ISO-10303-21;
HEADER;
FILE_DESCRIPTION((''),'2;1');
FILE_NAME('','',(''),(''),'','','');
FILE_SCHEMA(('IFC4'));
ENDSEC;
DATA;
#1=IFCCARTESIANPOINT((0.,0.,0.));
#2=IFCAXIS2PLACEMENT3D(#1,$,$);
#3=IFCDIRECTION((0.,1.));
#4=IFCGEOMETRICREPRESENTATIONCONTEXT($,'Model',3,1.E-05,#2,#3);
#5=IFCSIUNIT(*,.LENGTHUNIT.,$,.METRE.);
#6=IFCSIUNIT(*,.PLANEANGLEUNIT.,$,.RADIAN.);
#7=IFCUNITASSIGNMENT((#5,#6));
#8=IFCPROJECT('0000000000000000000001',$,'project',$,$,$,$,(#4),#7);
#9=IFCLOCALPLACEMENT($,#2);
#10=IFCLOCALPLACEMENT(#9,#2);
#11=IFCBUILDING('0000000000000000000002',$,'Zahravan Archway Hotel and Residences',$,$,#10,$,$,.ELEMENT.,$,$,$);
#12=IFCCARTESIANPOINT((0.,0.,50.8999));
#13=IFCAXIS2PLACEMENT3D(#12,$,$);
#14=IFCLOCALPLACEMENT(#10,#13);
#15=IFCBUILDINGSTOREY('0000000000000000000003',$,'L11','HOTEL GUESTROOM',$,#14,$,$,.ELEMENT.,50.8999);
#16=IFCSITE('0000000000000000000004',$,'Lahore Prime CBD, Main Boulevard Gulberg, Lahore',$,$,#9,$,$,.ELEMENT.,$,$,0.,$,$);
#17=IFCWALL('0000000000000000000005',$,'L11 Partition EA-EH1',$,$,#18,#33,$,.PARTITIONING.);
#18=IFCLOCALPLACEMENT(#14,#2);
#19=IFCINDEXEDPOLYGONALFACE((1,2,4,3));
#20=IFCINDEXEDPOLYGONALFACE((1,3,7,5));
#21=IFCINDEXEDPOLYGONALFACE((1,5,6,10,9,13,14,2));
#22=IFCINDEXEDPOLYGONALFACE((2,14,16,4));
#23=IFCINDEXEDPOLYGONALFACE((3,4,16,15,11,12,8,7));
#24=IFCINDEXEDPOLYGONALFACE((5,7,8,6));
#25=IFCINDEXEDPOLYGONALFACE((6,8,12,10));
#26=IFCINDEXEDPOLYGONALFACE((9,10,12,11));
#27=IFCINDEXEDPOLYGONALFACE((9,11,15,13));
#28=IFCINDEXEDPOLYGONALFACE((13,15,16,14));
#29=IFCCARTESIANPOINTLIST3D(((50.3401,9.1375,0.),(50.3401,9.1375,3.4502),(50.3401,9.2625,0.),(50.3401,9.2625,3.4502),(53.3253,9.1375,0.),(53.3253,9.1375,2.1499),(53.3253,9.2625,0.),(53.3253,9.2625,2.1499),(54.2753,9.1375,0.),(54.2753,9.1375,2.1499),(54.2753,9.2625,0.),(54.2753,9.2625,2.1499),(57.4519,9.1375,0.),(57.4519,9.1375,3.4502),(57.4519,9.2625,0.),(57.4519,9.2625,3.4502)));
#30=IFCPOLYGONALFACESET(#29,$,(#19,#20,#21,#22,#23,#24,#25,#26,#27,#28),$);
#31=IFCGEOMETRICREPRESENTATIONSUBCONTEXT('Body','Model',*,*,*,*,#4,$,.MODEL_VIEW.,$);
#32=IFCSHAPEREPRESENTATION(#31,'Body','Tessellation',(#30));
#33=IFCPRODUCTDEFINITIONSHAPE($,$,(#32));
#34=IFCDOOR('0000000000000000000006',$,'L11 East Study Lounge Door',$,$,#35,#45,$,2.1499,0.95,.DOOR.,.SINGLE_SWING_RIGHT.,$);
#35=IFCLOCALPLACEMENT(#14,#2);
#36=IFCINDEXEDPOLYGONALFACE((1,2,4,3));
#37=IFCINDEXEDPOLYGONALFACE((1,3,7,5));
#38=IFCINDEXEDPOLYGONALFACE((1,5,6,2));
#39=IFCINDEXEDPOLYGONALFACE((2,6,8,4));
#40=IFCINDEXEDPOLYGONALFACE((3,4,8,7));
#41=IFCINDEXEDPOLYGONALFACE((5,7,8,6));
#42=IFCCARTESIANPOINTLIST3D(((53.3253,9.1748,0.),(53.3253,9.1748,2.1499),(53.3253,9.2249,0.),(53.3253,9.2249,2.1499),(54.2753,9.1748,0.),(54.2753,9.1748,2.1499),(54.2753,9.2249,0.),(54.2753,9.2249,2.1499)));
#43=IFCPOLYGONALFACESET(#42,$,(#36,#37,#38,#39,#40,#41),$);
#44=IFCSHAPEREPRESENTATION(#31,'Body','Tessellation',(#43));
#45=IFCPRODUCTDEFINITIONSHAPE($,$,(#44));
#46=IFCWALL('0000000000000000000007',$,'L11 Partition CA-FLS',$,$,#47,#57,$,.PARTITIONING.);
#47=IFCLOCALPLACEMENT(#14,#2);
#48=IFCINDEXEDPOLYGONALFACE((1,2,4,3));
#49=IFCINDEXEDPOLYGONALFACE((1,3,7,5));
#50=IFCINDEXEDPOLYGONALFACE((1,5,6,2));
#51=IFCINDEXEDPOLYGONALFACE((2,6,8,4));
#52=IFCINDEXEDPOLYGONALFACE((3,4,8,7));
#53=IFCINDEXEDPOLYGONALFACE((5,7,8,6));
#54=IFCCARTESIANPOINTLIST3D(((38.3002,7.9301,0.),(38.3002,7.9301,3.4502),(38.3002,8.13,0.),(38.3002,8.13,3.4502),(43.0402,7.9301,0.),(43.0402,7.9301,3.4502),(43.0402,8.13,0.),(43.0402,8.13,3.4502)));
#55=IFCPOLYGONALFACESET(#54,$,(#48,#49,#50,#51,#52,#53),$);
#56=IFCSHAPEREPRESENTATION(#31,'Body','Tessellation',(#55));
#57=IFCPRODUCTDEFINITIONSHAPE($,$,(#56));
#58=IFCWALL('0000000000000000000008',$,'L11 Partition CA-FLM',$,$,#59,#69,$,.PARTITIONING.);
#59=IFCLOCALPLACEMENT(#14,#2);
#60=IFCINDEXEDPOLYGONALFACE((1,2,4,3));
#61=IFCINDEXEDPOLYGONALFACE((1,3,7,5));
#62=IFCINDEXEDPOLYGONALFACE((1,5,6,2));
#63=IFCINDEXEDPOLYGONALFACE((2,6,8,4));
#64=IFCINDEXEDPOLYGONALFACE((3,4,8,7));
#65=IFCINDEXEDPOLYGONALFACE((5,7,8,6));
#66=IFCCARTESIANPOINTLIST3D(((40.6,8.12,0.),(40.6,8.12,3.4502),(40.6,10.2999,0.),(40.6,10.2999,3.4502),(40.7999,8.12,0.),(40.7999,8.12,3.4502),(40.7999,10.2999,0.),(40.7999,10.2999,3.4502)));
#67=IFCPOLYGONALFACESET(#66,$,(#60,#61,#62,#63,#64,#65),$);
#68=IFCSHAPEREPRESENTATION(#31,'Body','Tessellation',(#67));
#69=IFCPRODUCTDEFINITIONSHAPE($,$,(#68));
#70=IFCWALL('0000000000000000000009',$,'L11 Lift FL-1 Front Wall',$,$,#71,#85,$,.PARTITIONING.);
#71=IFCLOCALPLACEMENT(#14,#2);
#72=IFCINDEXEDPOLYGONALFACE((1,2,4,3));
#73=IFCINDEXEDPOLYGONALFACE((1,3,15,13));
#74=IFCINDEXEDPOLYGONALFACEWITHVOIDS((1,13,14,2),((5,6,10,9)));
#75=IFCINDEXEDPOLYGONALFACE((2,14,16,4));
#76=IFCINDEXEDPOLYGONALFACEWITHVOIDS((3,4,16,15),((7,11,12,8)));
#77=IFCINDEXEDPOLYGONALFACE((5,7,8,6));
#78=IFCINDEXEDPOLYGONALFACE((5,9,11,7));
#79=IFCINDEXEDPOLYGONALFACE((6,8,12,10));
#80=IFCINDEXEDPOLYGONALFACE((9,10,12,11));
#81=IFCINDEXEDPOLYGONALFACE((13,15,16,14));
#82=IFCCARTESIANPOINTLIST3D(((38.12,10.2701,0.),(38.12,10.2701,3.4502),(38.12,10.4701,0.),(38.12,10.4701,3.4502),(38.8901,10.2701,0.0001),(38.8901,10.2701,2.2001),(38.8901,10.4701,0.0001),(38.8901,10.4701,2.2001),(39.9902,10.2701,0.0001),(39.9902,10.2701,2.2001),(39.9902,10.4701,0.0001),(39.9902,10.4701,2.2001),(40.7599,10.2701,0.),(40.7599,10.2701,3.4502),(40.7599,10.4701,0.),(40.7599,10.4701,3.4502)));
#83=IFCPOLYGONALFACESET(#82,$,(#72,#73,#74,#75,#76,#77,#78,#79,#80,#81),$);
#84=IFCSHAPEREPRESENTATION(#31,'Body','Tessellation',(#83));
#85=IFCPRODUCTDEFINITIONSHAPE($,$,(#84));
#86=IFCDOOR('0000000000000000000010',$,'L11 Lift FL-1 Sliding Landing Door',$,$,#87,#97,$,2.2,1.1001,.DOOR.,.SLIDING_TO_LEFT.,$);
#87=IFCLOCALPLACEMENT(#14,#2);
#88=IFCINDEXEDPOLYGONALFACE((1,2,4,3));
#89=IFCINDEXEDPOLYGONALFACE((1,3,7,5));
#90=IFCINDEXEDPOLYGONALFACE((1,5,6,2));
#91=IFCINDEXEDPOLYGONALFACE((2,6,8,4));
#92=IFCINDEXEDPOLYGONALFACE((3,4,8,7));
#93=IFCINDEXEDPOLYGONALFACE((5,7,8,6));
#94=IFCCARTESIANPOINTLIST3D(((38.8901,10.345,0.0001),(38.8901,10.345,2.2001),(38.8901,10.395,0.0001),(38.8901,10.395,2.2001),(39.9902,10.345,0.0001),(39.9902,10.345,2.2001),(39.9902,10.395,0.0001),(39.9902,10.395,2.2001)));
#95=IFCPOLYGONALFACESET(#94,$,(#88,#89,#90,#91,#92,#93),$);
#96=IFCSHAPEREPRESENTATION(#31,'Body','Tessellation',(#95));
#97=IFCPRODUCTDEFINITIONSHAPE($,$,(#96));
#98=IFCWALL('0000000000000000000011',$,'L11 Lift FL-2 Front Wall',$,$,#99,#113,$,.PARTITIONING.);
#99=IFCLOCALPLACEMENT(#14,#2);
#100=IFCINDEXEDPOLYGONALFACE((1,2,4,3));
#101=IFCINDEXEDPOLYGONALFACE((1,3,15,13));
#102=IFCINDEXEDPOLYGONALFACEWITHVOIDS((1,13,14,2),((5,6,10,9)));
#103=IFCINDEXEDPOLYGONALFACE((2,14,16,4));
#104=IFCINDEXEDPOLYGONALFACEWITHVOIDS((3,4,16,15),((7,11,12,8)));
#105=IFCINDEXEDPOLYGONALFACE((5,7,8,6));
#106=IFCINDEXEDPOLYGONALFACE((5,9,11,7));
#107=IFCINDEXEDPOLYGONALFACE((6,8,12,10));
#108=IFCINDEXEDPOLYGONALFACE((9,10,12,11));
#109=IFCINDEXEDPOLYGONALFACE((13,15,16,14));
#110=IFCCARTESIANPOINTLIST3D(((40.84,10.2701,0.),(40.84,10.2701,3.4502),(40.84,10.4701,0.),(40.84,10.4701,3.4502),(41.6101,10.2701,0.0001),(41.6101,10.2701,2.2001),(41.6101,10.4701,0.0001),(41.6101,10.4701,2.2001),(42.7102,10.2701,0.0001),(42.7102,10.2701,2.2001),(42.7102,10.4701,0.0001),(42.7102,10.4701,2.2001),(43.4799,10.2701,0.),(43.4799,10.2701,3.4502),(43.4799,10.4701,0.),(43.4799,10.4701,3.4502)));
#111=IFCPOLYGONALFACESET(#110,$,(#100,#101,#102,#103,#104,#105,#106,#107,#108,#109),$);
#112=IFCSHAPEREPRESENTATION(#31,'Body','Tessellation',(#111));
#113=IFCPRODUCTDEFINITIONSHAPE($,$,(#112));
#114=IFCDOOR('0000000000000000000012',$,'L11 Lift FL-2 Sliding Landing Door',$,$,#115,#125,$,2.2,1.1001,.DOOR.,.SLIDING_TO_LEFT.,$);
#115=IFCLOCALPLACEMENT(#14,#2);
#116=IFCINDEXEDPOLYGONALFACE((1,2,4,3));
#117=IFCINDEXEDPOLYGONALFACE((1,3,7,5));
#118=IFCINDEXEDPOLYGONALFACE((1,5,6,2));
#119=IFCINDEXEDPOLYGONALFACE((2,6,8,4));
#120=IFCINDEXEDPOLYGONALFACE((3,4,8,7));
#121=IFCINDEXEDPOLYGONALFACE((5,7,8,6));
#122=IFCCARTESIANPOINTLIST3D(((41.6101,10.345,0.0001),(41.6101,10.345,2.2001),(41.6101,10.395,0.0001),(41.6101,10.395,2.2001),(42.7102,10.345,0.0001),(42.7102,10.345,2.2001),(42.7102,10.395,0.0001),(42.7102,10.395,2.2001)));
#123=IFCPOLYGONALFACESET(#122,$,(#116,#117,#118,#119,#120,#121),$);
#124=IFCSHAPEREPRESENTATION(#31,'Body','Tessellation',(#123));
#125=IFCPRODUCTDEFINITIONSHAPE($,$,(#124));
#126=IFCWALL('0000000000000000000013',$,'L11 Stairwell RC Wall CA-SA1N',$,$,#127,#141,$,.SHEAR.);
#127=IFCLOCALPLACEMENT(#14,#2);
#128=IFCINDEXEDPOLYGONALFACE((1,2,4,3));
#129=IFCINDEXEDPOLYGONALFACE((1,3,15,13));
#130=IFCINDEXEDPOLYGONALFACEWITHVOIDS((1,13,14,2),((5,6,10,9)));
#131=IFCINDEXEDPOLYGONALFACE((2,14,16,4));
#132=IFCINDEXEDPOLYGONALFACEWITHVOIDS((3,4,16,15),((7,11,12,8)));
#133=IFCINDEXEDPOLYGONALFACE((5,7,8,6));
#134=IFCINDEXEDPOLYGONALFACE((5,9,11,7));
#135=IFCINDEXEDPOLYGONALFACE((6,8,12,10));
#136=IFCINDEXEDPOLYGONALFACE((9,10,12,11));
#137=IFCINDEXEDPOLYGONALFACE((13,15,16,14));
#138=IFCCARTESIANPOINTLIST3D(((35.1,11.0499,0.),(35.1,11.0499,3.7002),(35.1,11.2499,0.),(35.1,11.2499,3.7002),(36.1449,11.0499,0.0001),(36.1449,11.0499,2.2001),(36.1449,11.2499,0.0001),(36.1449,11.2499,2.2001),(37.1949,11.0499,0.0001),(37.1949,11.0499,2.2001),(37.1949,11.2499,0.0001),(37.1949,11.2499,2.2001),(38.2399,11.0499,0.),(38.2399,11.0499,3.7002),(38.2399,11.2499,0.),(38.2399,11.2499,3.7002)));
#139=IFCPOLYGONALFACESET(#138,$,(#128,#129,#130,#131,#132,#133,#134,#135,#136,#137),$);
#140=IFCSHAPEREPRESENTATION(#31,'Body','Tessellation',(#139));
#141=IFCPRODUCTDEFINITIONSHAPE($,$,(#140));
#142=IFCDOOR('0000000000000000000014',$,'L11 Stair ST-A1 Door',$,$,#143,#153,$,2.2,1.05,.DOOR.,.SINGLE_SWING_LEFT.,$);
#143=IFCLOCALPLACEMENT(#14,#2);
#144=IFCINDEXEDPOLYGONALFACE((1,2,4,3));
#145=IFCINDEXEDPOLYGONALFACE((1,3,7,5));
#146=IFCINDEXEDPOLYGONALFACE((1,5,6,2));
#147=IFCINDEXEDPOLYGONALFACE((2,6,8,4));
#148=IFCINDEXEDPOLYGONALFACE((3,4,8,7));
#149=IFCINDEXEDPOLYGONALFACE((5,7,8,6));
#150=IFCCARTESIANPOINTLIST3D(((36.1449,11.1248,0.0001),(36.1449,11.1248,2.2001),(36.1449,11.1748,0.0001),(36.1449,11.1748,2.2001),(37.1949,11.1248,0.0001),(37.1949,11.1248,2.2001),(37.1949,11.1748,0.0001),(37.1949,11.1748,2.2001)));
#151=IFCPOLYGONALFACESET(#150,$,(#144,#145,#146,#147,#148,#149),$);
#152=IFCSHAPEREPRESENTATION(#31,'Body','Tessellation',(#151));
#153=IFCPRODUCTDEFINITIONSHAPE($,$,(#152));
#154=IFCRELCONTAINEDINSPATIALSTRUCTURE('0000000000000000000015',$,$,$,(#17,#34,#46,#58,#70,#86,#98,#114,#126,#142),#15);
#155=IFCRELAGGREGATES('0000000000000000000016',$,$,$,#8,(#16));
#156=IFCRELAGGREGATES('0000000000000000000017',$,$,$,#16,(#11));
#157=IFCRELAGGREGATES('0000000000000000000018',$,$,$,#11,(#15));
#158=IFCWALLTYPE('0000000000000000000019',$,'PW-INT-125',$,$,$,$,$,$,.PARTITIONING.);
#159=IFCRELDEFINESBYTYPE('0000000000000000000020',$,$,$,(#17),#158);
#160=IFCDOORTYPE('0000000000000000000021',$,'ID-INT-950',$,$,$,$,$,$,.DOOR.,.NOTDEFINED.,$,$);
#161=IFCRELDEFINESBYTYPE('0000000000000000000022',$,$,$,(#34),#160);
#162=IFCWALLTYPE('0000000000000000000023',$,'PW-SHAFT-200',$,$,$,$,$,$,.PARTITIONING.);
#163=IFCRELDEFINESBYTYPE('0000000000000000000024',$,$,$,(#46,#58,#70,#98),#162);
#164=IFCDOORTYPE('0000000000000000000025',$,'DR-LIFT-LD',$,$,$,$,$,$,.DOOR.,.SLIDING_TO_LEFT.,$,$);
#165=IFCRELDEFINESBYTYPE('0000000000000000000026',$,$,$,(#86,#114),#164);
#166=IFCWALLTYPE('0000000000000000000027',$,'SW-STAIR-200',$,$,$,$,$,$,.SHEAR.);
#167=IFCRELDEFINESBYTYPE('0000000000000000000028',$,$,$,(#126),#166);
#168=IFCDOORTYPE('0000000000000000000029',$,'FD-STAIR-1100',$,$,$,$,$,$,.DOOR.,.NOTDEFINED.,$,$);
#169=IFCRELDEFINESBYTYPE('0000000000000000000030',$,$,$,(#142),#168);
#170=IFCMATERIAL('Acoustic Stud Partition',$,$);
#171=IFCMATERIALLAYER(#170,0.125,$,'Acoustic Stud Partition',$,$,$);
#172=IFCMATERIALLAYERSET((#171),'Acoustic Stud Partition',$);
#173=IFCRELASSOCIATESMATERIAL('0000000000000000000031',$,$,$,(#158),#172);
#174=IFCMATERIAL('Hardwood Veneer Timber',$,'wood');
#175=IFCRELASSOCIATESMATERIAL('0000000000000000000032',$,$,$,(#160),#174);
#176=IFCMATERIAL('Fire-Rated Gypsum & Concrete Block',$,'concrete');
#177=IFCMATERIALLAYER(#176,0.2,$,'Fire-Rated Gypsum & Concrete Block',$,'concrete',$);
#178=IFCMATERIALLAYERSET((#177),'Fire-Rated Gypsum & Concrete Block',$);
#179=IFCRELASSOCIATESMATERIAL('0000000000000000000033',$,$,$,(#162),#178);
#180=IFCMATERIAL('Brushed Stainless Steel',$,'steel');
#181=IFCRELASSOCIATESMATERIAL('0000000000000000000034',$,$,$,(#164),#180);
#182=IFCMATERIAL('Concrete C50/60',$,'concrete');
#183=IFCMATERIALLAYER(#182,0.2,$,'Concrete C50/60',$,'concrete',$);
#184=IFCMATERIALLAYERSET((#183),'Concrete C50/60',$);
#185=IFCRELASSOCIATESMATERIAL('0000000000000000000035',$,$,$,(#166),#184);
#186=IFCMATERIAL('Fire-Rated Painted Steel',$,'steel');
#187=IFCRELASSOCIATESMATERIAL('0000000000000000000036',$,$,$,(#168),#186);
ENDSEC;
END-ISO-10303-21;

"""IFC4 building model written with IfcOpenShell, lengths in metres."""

from ifc_helpers import new_model, si_unit, direction, frame, frame_2d, origin, place, context, subcontext, project, spatial, rectangle, extrude, source, transform, mapped, material, layer, layer_set, type_object, type_shapes, element, fill, save


model = new_model("IFC4")

# Units and contexts
model_context = context("Model", 3, precision=1e-05, world=origin(), true_north=direction((0.0, 1.0)))
body_context = subcontext(model_context, "Body", "Model", "MODEL_VIEW")
ifc_project = project(units=[si_unit("LENGTHUNIT", "METRE"), si_unit("PLANEANGLEUNIT", "RADIAN")], contexts=[model_context])

# Site, building, storey
site_placement = place(None, origin())
site = spatial("IfcSite", under=ifc_project, at=site_placement, Name="Lahore Prime CBD, Main Boulevard Gulberg, Lahore", CompositionType="ELEMENT", RefElevation=0.0)
building_placement = place(site_placement, origin())
building = spatial("IfcBuilding", under=site, at=building_placement, Name="Zahravan Archway Hotel and Residences", CompositionType="ELEMENT")
storey_placement = place(building_placement, frame((0.0, 0.0, 50.8999)))
storey = spatial("IfcBuildingStorey", under=building, at=storey_placement, Name="L11", Description="HOTEL GUESTROOM", CompositionType="ELEMENT", Elevation=50.8999)

# Wall, opening, door
ifc_material_1 = material(Name="Acoustic Stud Partition")
ifc_layer_1 = layer(ifc_material_1, 0.125, Name="Acoustic Stud Partition")
ifc_layer_set_1 = layer_set([ifc_layer_1], Name="Acoustic Stud Partition")
wall_type_1 = type_object("IfcWallType", Name="PW-INT-125", PredefinedType="PARTITIONING", material=ifc_layer_set_1)
wall_1_placement = place(storey_placement, frame((50.3401, 9.2, 0.0), z_axis=(0.0, 0.0, 1.0), x_axis=(1.0, 0.0, 0.0)))
wall_1 = element("IfcWall", 1, at=wall_1_placement, inside=storey, type_object=wall_type_1, Name="L11 Partition EA-EH1", PredefinedType="PARTITIONING", context=body_context, shape_type="SweptSolid", body=[
    extrude(rectangle(XDim=7.1118, YDim=0.125, at=frame_2d((3.5559, 0.0))), origin(), (0.0, 0.0, 1.0), 3.4502),
])
opening_1_placement = place(wall_1_placement, frame((2.9851, 0.0, 0.0)))
opening_1 = element("IfcOpeningElement", 2, at=opening_1_placement, cuts=wall_1, PredefinedType="OPENING", context=body_context, shape_type="SweptSolid", body=[
    extrude(rectangle(XDim=0.95, YDim=2.1499, at=frame_2d((0.4751, 1.075))), frame((0.0, 0.0725, 0.0), z_axis=(0.0, -1.0, 0.0), x_axis=(1.0, 0.0, 0.0)), (0.0, 0.0, 1.0), 0.145),
])
ifc_material_2 = material(Name="Hardwood Veneer Timber", Category="wood")
door_type_1 = type_object("IfcDoorType", Name="ID-INT-950", OperationType="NOTDEFINED", PredefinedType="DOOR", material=ifc_material_2)
shared_shape_1 = source(origin(), body_context, "Body", "SweptSolid", [
    extrude(rectangle(XDim=0.95, YDim=2.1499, at=frame_2d((0.4751, 1.075))), frame((0.0, 0.0249, 0.0), z_axis=(0.0, -1.0, 0.0), x_axis=(1.0, 0.0, 0.0)), (0.0, 0.0, 1.0), 0.05),
])
type_shapes(door_type_1, [shared_shape_1])
door_1_placement = place(opening_1_placement, origin())
door_1 = element("IfcDoor", 3, at=door_1_placement, inside=storey, type_object=door_type_1, Name="L11 East Study Lounge Door", OperationType="SINGLE_SWING_RIGHT", OverallHeight=2.1499, OverallWidth=0.95, PredefinedType="DOOR", context=body_context, shape_type="MappedRepresentation", body=[
    mapped(shared_shape_1, transform((0.0, 0.0, 0.0), scale=1.0)),
])
fill(opening_1, door_1)

# Walls
ifc_material_3 = material(Name="Fire-Rated Gypsum & Concrete Block", Category="concrete")
ifc_layer_2 = layer(ifc_material_3, 0.2, Name="Fire-Rated Gypsum & Concrete Block", Category="concrete")
ifc_layer_set_2 = layer_set([ifc_layer_2], Name="Fire-Rated Gypsum & Concrete Block")
wall_type_2 = type_object("IfcWallType", Name="PW-SHAFT-200", PredefinedType="PARTITIONING", material=ifc_layer_set_2)
wall_2_placement = place(storey_placement, frame((38.3, 8.03, 0.0), z_axis=(0.0, 0.0, 1.0), x_axis=(1.0, 0.0, 0.0)))
element("IfcWall", 4, at=wall_2_placement, inside=storey, type_object=wall_type_2, Name="L11 Partition CA-FLS", PredefinedType="PARTITIONING", context=body_context, shape_type="SweptSolid", body=[
    extrude(rectangle(XDim=4.74, YDim=0.2, at=frame_2d((2.3701, 0.0))), origin(), (0.0, 0.0, 1.0), 3.4502),
])
wall_3_placement = place(storey_placement, frame((40.7, 8.1201, 0.0), z_axis=(0.0, 0.0, 1.0), x_axis=(0.0, 1.0, 0.0)))
element("IfcWall", 5, at=wall_3_placement, inside=storey, type_object=wall_type_2, Name="L11 Partition CA-FLM", PredefinedType="PARTITIONING", context=body_context, shape_type="SweptSolid", body=[
    extrude(rectangle(XDim=2.1799, YDim=0.2, at=frame_2d((1.0898, 0.0))), origin(), (0.0, 0.0, 1.0), 3.4502),
])

# Walls, openings, doors
wall_4_placement = place(storey_placement, frame((38.1201, 10.3701, 0.0), z_axis=(0.0, 0.0, 1.0), x_axis=(1.0, 0.0, 0.0)))
wall_4 = element("IfcWall", 6, at=wall_4_placement, inside=storey, type_object=wall_type_2, Name="L11 Lift FL-1 Front Wall", PredefinedType="PARTITIONING", context=body_context, shape_type="SweptSolid", body=[
    extrude(rectangle(XDim=2.6399, YDim=0.2, at=frame_2d((1.3198, 0.0))), origin(), (0.0, 0.0, 1.0), 3.4502),
])
opening_2_placement = place(wall_4_placement, frame((0.77, 0.0, 0.0)))
opening_2 = element("IfcOpeningElement", 7, at=opening_2_placement, cuts=wall_4, PredefinedType="OPENING", context=body_context, shape_type="SweptSolid", body=[
    extrude(rectangle(XDim=1.1001, YDim=2.2, at=frame_2d((0.55, 1.1001))), frame((0.0, 0.1099, 0.0), z_axis=(0.0, -1.0, 0.0), x_axis=(1.0, 0.0, 0.0)), (0.0, 0.0, 1.0), 0.22),
])
ifc_material_4 = material(Name="Brushed Stainless Steel", Category="steel")
door_type_2 = type_object("IfcDoorType", Name="DR-LIFT-LD", OperationType="SLIDING_TO_LEFT", PredefinedType="DOOR", material=ifc_material_4)
shared_shape_2 = source(origin(), body_context, "Body", "SweptSolid", [
    extrude(rectangle(XDim=1.1001, YDim=2.2, at=frame_2d((0.55, 1.1001))), frame((0.0, 0.0249, 0.0), z_axis=(0.0, -1.0, 0.0), x_axis=(1.0, 0.0, 0.0)), (0.0, 0.0, 1.0), 0.05),
])
type_shapes(door_type_2, [shared_shape_2])
door_2_placement = place(opening_2_placement, origin())
door_2 = element("IfcDoor", 8, at=door_2_placement, inside=storey, type_object=door_type_2, Name="L11 Lift FL-1 Sliding Landing Door", OperationType="SLIDING_TO_LEFT", OverallHeight=2.2, OverallWidth=1.1001, PredefinedType="DOOR", context=body_context, shape_type="MappedRepresentation", body=[
    mapped(shared_shape_2, transform((0.0, 0.0, 0.0), scale=1.0)),
])
fill(opening_2, door_2)
wall_5_placement = place(storey_placement, frame((40.8401, 10.3701, 0.0), z_axis=(0.0, 0.0, 1.0), x_axis=(1.0, 0.0, 0.0)))
wall_5 = element("IfcWall", 9, at=wall_5_placement, inside=storey, type_object=wall_type_2, Name="L11 Lift FL-2 Front Wall", PredefinedType="PARTITIONING", context=body_context, shape_type="SweptSolid", body=[
    extrude(rectangle(XDim=2.6399, YDim=0.2, at=frame_2d((1.3198, 0.0))), origin(), (0.0, 0.0, 1.0), 3.4502),
])
opening_3_placement = place(wall_5_placement, frame((0.77, 0.0, 0.0)))
opening_3 = element("IfcOpeningElement", 10, at=opening_3_placement, cuts=wall_5, PredefinedType="OPENING", context=body_context, shape_type="SweptSolid", body=[
    extrude(rectangle(XDim=1.1001, YDim=2.2, at=frame_2d((0.55, 1.1001))), frame((0.0, 0.1099, 0.0), z_axis=(0.0, -1.0, 0.0), x_axis=(1.0, 0.0, 0.0)), (0.0, 0.0, 1.0), 0.22),
])
door_3_placement = place(opening_3_placement, origin())
door_3 = element("IfcDoor", 11, at=door_3_placement, inside=storey, type_object=door_type_2, Name="L11 Lift FL-2 Sliding Landing Door", OperationType="SLIDING_TO_LEFT", OverallHeight=2.2, OverallWidth=1.1001, PredefinedType="DOOR", context=body_context, shape_type="MappedRepresentation", body=[
    mapped(shared_shape_2, transform((0.0, 0.0, 0.0), scale=1.0)),
])
fill(opening_3, door_3)
ifc_material_5 = material(Name="Concrete C50/60", Category="concrete")
ifc_layer_3 = layer(ifc_material_5, 0.2, Name="Concrete C50/60", Category="concrete")
ifc_layer_set_3 = layer_set([ifc_layer_3], Name="Concrete C50/60")
wall_type_3 = type_object("IfcWallType", Name="SW-STAIR-200", PredefinedType="SHEAR", material=ifc_layer_set_3)
wall_6_placement = place(storey_placement, frame((35.1001, 11.1499, 0.0), z_axis=(0.0, 0.0, 1.0), x_axis=(1.0, 0.0, 0.0)))
wall_6 = element("IfcWall", 12, at=wall_6_placement, inside=storey, type_object=wall_type_3, Name="L11 Stairwell RC Wall CA-SA1N", PredefinedType="SHEAR", context=body_context, shape_type="SweptSolid", body=[
    extrude(rectangle(XDim=3.1399, YDim=0.2, at=frame_2d((1.5698, 0.0))), origin(), (0.0, 0.0, 1.0), 3.7002),
])
opening_4_placement = place(wall_6_placement, frame((1.0449, 0.0, 0.0)))
opening_4 = element("IfcOpeningElement", 13, at=opening_4_placement, cuts=wall_6, PredefinedType="OPENING", context=body_context, shape_type="SweptSolid", body=[
    extrude(rectangle(XDim=1.05, YDim=2.2, at=frame_2d((0.5249, 1.1001))), frame((0.0, 0.1099, 0.0), z_axis=(0.0, -1.0, 0.0), x_axis=(1.0, 0.0, 0.0)), (0.0, 0.0, 1.0), 0.22),
])
ifc_material_6 = material(Name="Fire-Rated Painted Steel", Category="steel")
door_type_3 = type_object("IfcDoorType", Name="FD-STAIR-1100", OperationType="NOTDEFINED", PredefinedType="DOOR", material=ifc_material_6)
shared_shape_3 = source(origin(), body_context, "Body", "SweptSolid", [
    extrude(rectangle(XDim=1.05, YDim=2.2, at=frame_2d((0.5249, 1.1001))), frame((0.0, 0.0249, 0.0), z_axis=(0.0, -1.0, 0.0), x_axis=(1.0, 0.0, 0.0)), (0.0, 0.0, 1.0), 0.05),
])
type_shapes(door_type_3, [shared_shape_3])
door_4_placement = place(opening_4_placement, origin())
door_4 = element("IfcDoor", 14, at=door_4_placement, inside=storey, type_object=door_type_3, Name="L11 Stair ST-A1 Door", OperationType="SINGLE_SWING_LEFT", OverallHeight=2.2, OverallWidth=1.05, PredefinedType="DOOR", context=body_context, shape_type="MappedRepresentation", body=[
    mapped(shared_shape_3, transform((0.0, 0.0, 0.0), scale=1.0)),
])
fill(opening_4, door_4)

save(model, "model.ifc")
